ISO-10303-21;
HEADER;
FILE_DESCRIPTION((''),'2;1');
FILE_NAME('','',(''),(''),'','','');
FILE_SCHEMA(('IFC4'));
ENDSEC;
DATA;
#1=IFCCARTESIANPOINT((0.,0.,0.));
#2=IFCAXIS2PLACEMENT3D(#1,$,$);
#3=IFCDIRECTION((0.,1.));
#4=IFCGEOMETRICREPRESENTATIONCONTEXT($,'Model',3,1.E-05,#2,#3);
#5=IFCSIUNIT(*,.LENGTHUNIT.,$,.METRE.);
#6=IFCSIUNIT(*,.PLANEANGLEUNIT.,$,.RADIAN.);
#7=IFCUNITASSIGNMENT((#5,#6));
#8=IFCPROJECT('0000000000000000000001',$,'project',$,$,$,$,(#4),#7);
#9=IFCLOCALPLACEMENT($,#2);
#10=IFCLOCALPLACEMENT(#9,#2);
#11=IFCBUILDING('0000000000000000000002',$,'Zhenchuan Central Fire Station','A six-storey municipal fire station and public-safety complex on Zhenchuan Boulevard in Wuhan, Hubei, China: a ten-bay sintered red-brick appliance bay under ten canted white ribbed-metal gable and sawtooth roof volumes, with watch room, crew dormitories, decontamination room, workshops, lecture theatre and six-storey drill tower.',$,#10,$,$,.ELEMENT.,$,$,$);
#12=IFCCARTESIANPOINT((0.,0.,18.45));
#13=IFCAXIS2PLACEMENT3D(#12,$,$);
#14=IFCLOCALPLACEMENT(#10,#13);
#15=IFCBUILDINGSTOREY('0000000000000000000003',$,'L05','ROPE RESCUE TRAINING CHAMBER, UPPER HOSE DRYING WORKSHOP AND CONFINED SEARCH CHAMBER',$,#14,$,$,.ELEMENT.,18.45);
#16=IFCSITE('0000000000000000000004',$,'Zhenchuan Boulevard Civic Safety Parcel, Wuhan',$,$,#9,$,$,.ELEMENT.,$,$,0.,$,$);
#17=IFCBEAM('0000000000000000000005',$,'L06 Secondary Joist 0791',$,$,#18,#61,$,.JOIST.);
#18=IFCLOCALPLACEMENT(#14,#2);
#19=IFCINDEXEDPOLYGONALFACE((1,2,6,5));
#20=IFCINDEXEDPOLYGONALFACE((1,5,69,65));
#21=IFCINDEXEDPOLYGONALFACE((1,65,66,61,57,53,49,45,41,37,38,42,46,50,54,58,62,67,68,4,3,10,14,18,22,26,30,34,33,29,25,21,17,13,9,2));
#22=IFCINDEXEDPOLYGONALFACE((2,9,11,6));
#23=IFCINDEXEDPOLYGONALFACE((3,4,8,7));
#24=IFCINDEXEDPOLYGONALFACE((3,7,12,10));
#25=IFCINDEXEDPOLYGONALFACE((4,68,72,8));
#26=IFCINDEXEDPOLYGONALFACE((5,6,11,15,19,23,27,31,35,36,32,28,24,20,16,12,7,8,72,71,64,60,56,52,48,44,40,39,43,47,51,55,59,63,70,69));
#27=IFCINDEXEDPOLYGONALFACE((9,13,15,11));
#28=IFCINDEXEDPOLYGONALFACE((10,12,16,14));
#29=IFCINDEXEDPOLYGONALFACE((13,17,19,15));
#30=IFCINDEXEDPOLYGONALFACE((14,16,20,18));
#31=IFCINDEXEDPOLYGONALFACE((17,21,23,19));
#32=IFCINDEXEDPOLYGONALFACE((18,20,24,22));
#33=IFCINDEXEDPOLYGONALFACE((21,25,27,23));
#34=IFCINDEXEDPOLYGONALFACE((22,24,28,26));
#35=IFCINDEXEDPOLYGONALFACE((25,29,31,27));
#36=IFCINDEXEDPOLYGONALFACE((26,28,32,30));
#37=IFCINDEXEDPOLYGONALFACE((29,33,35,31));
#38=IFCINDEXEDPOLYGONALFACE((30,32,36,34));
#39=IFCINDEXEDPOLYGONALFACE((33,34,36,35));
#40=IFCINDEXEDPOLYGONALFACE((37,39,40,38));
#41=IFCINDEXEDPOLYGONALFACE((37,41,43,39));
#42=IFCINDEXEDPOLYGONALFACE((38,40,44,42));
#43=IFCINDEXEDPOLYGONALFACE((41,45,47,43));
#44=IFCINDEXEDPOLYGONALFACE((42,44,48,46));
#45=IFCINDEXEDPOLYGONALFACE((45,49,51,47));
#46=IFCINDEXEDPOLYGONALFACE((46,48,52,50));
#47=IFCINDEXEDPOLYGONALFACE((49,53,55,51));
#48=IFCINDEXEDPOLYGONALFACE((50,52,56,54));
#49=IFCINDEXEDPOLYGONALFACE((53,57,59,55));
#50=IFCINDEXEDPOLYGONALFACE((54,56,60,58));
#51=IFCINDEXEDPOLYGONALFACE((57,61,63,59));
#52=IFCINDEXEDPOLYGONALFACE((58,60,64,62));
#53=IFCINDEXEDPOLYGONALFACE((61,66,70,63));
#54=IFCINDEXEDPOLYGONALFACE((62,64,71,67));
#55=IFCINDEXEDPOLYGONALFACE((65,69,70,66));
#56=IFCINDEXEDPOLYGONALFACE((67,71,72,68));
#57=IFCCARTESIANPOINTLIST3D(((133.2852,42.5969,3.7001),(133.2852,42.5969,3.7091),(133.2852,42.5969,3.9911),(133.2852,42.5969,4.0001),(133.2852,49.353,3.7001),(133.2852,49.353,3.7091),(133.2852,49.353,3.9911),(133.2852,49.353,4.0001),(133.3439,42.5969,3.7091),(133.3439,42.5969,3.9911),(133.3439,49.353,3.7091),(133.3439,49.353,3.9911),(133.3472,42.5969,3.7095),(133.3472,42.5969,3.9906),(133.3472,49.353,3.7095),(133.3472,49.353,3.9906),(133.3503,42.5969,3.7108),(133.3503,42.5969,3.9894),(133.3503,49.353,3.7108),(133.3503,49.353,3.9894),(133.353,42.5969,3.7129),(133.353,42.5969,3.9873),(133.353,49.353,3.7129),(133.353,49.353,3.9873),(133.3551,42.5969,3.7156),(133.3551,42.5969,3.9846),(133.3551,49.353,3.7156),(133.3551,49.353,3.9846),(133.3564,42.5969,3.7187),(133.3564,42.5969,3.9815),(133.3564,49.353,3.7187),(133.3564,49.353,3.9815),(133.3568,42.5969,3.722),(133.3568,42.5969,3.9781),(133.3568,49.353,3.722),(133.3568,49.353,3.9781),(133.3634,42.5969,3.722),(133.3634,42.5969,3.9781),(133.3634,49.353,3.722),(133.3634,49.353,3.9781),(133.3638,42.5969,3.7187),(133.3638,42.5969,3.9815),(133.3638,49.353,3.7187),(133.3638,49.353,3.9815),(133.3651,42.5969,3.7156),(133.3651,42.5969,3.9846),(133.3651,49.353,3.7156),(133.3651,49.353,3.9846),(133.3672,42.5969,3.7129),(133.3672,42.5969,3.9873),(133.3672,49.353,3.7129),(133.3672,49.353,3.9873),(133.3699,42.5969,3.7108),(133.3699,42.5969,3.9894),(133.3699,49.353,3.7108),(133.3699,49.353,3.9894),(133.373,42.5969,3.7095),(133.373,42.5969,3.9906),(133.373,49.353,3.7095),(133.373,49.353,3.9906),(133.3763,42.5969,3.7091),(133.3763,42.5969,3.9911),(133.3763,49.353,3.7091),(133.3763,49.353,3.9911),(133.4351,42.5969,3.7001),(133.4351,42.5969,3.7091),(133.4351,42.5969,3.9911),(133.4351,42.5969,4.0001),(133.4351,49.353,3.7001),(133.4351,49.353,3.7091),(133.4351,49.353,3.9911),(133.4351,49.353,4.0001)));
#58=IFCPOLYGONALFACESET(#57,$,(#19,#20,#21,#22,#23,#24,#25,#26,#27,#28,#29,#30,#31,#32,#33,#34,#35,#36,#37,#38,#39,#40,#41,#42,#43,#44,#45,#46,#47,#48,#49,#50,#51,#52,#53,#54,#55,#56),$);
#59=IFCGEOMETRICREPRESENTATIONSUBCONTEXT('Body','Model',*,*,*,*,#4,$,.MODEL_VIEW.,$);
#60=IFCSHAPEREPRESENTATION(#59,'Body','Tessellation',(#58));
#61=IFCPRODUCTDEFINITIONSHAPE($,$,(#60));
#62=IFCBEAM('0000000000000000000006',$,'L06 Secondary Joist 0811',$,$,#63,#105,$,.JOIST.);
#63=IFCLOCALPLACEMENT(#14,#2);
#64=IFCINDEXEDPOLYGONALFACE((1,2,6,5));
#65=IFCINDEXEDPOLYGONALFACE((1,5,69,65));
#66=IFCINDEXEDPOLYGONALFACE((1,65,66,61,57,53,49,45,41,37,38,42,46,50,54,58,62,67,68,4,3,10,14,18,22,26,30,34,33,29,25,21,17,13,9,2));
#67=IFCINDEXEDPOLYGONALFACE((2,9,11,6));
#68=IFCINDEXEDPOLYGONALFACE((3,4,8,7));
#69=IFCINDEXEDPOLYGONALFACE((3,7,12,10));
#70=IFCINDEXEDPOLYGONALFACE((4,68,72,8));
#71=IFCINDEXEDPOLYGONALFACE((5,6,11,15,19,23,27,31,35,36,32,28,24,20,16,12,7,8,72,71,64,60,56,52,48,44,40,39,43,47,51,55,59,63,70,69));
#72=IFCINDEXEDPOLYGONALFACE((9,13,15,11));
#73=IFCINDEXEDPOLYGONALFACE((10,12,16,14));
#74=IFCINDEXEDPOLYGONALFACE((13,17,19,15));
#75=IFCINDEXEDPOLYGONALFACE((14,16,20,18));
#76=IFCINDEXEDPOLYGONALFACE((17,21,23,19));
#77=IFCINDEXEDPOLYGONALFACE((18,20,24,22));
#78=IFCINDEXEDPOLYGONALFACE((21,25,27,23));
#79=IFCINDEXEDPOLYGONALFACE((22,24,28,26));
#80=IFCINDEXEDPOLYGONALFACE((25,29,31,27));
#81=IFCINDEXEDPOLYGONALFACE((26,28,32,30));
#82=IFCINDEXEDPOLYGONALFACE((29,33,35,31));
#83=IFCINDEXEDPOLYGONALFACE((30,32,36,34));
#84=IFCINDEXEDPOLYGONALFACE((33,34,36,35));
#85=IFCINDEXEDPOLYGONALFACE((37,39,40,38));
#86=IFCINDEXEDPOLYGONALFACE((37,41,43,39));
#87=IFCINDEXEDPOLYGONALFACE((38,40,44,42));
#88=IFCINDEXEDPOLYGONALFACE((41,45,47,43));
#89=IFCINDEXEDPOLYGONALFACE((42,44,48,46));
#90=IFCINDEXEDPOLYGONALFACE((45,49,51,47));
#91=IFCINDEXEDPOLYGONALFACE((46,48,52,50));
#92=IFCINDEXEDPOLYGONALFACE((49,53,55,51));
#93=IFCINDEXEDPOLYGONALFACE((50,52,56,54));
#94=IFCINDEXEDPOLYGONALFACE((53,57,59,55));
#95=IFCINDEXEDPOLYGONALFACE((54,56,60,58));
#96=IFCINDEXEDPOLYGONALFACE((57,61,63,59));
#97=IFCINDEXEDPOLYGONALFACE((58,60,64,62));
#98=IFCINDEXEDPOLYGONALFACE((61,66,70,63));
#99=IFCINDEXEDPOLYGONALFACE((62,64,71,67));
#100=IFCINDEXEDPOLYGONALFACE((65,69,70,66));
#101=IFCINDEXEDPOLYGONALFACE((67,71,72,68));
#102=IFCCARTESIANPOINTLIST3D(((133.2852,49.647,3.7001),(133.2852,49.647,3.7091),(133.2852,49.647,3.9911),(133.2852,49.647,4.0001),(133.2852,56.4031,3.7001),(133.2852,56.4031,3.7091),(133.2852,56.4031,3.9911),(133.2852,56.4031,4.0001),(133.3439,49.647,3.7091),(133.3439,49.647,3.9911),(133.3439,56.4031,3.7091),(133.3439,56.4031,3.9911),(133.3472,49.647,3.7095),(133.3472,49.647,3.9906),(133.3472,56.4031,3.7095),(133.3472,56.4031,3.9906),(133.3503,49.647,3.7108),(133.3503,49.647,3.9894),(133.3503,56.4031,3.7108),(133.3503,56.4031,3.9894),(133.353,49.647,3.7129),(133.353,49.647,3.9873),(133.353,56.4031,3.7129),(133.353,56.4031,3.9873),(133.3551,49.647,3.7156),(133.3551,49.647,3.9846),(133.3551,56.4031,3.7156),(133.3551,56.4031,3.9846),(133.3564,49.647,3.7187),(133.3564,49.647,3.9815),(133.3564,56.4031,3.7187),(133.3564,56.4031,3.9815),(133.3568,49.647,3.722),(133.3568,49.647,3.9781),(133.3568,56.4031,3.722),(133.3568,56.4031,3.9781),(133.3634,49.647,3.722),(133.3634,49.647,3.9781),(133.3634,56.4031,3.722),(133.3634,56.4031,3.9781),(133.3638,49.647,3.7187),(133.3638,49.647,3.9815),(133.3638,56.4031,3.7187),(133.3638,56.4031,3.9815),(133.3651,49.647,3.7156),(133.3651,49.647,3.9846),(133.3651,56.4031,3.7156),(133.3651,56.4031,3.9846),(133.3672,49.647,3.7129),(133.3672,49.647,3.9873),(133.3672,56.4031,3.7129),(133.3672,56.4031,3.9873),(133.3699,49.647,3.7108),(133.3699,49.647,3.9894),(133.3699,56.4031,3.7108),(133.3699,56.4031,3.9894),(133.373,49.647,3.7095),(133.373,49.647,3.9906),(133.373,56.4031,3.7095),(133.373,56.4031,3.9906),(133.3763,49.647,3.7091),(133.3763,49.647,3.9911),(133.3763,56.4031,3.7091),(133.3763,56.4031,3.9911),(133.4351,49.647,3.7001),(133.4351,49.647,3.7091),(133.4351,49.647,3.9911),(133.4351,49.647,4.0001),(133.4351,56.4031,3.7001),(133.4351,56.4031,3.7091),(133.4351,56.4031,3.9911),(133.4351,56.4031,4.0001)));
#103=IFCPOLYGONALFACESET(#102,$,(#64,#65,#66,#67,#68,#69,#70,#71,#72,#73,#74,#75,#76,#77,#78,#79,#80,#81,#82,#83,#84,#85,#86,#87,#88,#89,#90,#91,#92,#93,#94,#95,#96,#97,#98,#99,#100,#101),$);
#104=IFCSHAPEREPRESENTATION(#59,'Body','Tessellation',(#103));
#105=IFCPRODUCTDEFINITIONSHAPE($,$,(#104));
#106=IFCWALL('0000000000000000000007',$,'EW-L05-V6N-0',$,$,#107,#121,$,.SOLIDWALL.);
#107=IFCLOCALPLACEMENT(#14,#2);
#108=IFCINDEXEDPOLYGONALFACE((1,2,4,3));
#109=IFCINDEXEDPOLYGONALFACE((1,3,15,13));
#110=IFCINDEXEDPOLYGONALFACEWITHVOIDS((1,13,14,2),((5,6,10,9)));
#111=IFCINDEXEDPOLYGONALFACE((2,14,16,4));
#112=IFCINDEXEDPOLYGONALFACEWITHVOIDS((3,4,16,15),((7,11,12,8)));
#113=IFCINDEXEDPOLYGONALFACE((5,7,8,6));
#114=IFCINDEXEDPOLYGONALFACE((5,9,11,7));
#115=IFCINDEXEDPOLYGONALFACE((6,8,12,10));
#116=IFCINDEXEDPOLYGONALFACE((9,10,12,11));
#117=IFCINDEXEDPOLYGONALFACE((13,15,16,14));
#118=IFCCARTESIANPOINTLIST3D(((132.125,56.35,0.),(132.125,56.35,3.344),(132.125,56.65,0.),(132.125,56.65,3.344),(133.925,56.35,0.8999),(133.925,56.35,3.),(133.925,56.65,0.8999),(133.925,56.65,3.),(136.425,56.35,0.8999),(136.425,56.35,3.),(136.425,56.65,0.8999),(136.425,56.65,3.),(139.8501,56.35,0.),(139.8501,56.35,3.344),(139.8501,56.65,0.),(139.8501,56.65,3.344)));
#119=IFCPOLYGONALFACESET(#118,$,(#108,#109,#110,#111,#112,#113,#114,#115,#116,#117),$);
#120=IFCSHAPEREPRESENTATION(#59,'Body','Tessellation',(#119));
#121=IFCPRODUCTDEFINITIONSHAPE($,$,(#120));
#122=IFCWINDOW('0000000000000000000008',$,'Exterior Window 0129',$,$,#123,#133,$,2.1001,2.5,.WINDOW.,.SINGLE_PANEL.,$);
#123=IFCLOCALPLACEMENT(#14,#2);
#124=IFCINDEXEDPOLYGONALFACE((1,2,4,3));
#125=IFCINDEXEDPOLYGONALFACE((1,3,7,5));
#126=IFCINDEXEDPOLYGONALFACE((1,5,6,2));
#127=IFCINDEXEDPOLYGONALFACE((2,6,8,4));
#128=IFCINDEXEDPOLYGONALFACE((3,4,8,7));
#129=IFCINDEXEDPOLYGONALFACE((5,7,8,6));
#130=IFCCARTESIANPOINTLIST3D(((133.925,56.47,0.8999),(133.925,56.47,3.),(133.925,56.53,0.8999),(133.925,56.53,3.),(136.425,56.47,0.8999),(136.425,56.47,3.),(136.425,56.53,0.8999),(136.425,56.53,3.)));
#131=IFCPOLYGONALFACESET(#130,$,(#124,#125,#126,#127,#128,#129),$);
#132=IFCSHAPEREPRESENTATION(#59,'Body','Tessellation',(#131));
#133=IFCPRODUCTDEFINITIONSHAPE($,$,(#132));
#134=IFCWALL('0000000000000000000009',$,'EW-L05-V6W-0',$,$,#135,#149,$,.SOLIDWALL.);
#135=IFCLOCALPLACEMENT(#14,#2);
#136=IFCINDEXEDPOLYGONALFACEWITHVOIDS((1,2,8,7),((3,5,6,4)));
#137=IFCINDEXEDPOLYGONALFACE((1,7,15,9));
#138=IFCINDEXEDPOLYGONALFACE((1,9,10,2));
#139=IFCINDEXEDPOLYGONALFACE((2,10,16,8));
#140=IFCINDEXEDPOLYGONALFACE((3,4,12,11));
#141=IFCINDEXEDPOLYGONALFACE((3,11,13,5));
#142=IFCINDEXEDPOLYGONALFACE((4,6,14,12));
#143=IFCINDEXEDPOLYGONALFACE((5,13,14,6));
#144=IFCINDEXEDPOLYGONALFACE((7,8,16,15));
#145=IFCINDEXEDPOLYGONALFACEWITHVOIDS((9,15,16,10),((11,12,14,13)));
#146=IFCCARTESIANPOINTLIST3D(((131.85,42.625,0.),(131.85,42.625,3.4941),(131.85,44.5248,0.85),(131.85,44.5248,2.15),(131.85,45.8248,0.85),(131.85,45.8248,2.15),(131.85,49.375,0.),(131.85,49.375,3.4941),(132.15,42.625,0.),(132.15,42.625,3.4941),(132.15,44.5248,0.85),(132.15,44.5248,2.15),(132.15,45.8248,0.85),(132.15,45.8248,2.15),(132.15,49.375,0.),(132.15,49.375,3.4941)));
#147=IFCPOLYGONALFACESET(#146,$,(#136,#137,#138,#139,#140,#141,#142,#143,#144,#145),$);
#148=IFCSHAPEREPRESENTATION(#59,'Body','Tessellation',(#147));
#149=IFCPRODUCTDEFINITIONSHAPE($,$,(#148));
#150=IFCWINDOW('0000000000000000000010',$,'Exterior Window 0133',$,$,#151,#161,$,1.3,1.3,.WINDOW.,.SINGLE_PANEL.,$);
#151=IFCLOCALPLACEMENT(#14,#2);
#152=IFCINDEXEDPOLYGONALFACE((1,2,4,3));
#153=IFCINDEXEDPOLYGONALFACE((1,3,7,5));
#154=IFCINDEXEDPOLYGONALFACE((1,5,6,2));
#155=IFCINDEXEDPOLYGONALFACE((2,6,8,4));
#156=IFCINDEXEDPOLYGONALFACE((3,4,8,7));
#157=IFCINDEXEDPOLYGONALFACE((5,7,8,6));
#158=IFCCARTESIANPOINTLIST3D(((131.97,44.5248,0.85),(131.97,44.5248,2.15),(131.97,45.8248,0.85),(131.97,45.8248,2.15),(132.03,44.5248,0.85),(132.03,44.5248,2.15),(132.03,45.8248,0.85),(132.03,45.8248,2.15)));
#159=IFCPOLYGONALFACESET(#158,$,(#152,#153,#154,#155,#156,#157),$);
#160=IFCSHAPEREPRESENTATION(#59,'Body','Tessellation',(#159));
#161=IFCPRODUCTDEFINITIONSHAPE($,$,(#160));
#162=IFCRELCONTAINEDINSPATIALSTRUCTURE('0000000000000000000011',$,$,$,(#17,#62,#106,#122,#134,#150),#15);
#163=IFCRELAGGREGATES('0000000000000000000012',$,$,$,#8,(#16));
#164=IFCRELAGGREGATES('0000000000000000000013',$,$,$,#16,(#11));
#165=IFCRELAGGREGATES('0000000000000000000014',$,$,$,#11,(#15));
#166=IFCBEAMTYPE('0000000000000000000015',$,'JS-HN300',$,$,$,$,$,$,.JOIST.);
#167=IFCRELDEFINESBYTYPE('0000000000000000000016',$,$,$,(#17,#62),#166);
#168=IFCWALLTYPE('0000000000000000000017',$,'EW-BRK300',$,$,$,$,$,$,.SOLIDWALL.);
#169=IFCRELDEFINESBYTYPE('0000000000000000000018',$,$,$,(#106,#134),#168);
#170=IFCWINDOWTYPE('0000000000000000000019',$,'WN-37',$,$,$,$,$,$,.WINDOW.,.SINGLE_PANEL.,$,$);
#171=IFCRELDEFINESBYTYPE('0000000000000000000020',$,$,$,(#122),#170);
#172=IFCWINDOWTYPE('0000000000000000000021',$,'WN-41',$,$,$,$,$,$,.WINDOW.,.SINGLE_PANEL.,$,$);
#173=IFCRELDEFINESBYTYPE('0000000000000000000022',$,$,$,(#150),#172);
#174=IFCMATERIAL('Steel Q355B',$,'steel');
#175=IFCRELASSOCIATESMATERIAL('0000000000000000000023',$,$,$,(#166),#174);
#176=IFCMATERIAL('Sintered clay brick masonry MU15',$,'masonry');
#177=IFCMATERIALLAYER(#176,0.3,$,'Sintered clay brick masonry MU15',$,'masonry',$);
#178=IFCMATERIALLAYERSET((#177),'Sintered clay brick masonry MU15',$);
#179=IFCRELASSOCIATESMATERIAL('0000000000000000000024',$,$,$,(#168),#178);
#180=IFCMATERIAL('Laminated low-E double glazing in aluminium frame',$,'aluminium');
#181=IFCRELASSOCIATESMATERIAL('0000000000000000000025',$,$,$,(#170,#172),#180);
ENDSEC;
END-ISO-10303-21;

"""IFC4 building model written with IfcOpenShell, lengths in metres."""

from ifc_helpers import new_model, si_unit, direction, frame, frame_2d, origin, origin_2d, place, context, subcontext, project, spatial, rectangle, i_section, extrude, material, layer, layer_set, material_profile, profile_set, type_object, element, fill, save


model = new_model("IFC4")

# Units and contexts
model_context = context("Model", 3, precision=1e-05, world=origin(), true_north=direction((0.0, 1.0)))
body_context = subcontext(model_context, "Body", "Model", "MODEL_VIEW")
ifc_project = project(units=[si_unit("LENGTHUNIT", "METRE"), si_unit("PLANEANGLEUNIT", "RADIAN")], contexts=[model_context])

# Site, building, storey
site_placement = place(None, origin())
site = spatial("IfcSite", under=ifc_project, at=site_placement, Name="Zhenchuan Boulevard Civic Safety Parcel, Wuhan", CompositionType="ELEMENT", RefElevation=0.0)
building_placement = place(site_placement, origin())
building = spatial("IfcBuilding", under=site, at=building_placement, Name="Zhenchuan Central Fire Station", Description="A six-storey municipal fire station and public-safety complex on Zhenchuan Boulevard in Wuhan, Hubei, China: a ten-bay sintered red-brick appliance bay under ten canted white ribbed-metal gable and sawtooth roof volumes, with watch room, crew dormitories, decontamination room, workshops, lecture theatre and six-storey drill tower.", CompositionType="ELEMENT")
storey_placement = place(building_placement, frame((0.0, 0.0, 18.45)))
storey = spatial("IfcBuildingStorey", under=building, at=storey_placement, Name="L05", Description="ROPE RESCUE TRAINING CHAMBER, UPPER HOSE DRYING WORKSHOP AND CONFINED SEARCH CHAMBER", CompositionType="ELEMENT", Elevation=18.45)

# Beams
ifc_material_1 = material(Name="Steel Q355B", Category="steel")
ifc_material_profile_1 = material_profile(ifc_material_1, i_section(OverallWidth=0.1499, OverallDepth=0.3, WebThickness=0.0066, FlangeThickness=0.009, FilletRadius=0.0129, at=origin_2d()), Name="HN 300x150")
ifc_profile_set_1 = profile_set([ifc_material_profile_1], Name="Steel Q355B")
beam_type_1 = type_object("IfcBeamType", Name="JS-HN300", PredefinedType="JOIST", material=ifc_profile_set_1)
for number, where, z_axis, x_axis, name in (
    (1, (133.3601, 42.5969, 3.8501), (0.0, 1.0, 0.0), (-1.0, 0.0, 0.0), "L06 Secondary Joist 0791"),
    (2, (133.3601, 49.647, 3.8501), (0.0, 1.0, 0.0), (-1.0, 0.0, 0.0), "L06 Secondary Joist 0811"),
):
    element("IfcBeam", number, at=place(storey_placement, frame(where, z_axis=z_axis, x_axis=x_axis)), inside=storey, type_object=beam_type_1, Name=name, PredefinedType="JOIST", context=body_context, shape_type="SweptSolid", body=[
        extrude(i_section(OverallWidth=0.1499, OverallDepth=0.3, WebThickness=0.0066, FlangeThickness=0.009, FilletRadius=0.0129, at=origin_2d()), origin(), (0.0, 0.0, 1.0), 6.7561),
    ])

# Walls, openings, windows
ifc_material_2 = material(Name="Sintered clay brick masonry MU15", Category="masonry")
ifc_layer_1 = layer(ifc_material_2, 0.3, Name="Sintered clay brick masonry MU15", Category="masonry")
ifc_layer_set_1 = layer_set([ifc_layer_1], Name="Sintered clay brick masonry MU15")
wall_type_1 = type_object("IfcWallType", Name="EW-BRK300", PredefinedType="SOLIDWALL", material=ifc_layer_set_1)
wall_1_placement = place(storey_placement, frame((132.125, 56.5, 0.0), z_axis=(0.0, 0.0, 1.0), x_axis=(1.0, 0.0, 0.0)))
wall_1 = element("IfcWall", 3, at=wall_1_placement, inside=storey, type_object=wall_type_1, Name="EW-L05-V6N-0", PredefinedType="SOLIDWALL", context=body_context, shape_type="SweptSolid", body=[
    extrude(rectangle(XDim=7.7251, YDim=0.3, at=frame_2d((3.8625, 0.0))), origin(), (0.0, 0.0, 1.0), 3.344),
])
opening_1_placement = place(wall_1_placement, frame((1.8, 0.0, 0.8999)))
opening_1 = element("IfcOpeningElement", 4, at=opening_1_placement, cuts=wall_1, PredefinedType="OPENING", context=body_context, shape_type="SweptSolid", body=[
    extrude(rectangle(XDim=2.5, YDim=2.1001, at=frame_2d((1.25, 1.05))), frame((0.0, 0.1599, 0.0), z_axis=(0.0, -1.0, 0.0), x_axis=(1.0, 0.0, 0.0)), (0.0, 0.0, 1.0), 0.3201),
])
ifc_material_3 = material(Name="Laminated low-E double glazing in aluminium frame", Category="aluminium")
window_type_1 = type_object("IfcWindowType", Name="WN-37", PartitioningType="SINGLE_PANEL", PredefinedType="WINDOW", material=ifc_material_3)
window_1_placement = place(opening_1_placement, origin())
window_1 = element("IfcWindow", 5, at=window_1_placement, inside=storey, type_object=window_type_1, Name="Exterior Window 0129", OverallHeight=2.1001, OverallWidth=2.5, PartitioningType="SINGLE_PANEL", PredefinedType="WINDOW", context=body_context, shape_type="SweptSolid", body=[
    extrude(rectangle(XDim=2.5, YDim=2.1001, at=frame_2d((1.25, 1.05))), frame((0.0, 0.03, 0.0), z_axis=(0.0, -1.0, 0.0), x_axis=(1.0, 0.0, 0.0)), (0.0, 0.0, 1.0), 0.0601),
])
fill(opening_1, window_1)
wall_2_placement = place(storey_placement, frame((132.0, 42.625, 0.0), z_axis=(0.0, 0.0, 1.0), x_axis=(0.0, 1.0, 0.0)))
wall_2 = element("IfcWall", 6, at=wall_2_placement, inside=storey, type_object=wall_type_1, Name="EW-L05-V6W-0", PredefinedType="SOLIDWALL", context=body_context, shape_type="SweptSolid", body=[
    extrude(rectangle(XDim=6.75, YDim=0.3, at=frame_2d((3.375, 0.0))), origin(), (0.0, 0.0, 1.0), 3.4941),
])
opening_2_placement = place(wall_2_placement, frame((1.8999, 0.0, 0.8501)))
opening_2 = element("IfcOpeningElement", 7, at=opening_2_placement, cuts=wall_2, PredefinedType="OPENING", context=body_context, shape_type="SweptSolid", body=[
    extrude(rectangle(XDim=1.3, YDim=1.3, at=frame_2d((0.6499, 0.6499))), frame((0.0, 0.1599, 0.0), z_axis=(0.0, -1.0, 0.0), x_axis=(1.0, 0.0, 0.0)), (0.0, 0.0, 1.0), 0.3201),
])
window_type_2 = type_object("IfcWindowType", Name="WN-41", PartitioningType="SINGLE_PANEL", PredefinedType="WINDOW", material=ifc_material_3)
window_2_placement = place(opening_2_placement, origin())
window_2 = element("IfcWindow", 8, at=window_2_placement, inside=storey, type_object=window_type_2, Name="Exterior Window 0133", OverallHeight=1.3, OverallWidth=1.3, PartitioningType="SINGLE_PANEL", PredefinedType="WINDOW", context=body_context, shape_type="SweptSolid", body=[
    extrude(rectangle(XDim=1.3, YDim=1.3, at=frame_2d((0.6499, 0.6499))), frame((0.0, 0.03, 0.0), z_axis=(0.0, -1.0, 0.0), x_axis=(1.0, 0.0, 0.0)), (0.0, 0.0, 1.0), 0.0601),
])
fill(opening_2, window_2)

save(model, "model.ifc")
